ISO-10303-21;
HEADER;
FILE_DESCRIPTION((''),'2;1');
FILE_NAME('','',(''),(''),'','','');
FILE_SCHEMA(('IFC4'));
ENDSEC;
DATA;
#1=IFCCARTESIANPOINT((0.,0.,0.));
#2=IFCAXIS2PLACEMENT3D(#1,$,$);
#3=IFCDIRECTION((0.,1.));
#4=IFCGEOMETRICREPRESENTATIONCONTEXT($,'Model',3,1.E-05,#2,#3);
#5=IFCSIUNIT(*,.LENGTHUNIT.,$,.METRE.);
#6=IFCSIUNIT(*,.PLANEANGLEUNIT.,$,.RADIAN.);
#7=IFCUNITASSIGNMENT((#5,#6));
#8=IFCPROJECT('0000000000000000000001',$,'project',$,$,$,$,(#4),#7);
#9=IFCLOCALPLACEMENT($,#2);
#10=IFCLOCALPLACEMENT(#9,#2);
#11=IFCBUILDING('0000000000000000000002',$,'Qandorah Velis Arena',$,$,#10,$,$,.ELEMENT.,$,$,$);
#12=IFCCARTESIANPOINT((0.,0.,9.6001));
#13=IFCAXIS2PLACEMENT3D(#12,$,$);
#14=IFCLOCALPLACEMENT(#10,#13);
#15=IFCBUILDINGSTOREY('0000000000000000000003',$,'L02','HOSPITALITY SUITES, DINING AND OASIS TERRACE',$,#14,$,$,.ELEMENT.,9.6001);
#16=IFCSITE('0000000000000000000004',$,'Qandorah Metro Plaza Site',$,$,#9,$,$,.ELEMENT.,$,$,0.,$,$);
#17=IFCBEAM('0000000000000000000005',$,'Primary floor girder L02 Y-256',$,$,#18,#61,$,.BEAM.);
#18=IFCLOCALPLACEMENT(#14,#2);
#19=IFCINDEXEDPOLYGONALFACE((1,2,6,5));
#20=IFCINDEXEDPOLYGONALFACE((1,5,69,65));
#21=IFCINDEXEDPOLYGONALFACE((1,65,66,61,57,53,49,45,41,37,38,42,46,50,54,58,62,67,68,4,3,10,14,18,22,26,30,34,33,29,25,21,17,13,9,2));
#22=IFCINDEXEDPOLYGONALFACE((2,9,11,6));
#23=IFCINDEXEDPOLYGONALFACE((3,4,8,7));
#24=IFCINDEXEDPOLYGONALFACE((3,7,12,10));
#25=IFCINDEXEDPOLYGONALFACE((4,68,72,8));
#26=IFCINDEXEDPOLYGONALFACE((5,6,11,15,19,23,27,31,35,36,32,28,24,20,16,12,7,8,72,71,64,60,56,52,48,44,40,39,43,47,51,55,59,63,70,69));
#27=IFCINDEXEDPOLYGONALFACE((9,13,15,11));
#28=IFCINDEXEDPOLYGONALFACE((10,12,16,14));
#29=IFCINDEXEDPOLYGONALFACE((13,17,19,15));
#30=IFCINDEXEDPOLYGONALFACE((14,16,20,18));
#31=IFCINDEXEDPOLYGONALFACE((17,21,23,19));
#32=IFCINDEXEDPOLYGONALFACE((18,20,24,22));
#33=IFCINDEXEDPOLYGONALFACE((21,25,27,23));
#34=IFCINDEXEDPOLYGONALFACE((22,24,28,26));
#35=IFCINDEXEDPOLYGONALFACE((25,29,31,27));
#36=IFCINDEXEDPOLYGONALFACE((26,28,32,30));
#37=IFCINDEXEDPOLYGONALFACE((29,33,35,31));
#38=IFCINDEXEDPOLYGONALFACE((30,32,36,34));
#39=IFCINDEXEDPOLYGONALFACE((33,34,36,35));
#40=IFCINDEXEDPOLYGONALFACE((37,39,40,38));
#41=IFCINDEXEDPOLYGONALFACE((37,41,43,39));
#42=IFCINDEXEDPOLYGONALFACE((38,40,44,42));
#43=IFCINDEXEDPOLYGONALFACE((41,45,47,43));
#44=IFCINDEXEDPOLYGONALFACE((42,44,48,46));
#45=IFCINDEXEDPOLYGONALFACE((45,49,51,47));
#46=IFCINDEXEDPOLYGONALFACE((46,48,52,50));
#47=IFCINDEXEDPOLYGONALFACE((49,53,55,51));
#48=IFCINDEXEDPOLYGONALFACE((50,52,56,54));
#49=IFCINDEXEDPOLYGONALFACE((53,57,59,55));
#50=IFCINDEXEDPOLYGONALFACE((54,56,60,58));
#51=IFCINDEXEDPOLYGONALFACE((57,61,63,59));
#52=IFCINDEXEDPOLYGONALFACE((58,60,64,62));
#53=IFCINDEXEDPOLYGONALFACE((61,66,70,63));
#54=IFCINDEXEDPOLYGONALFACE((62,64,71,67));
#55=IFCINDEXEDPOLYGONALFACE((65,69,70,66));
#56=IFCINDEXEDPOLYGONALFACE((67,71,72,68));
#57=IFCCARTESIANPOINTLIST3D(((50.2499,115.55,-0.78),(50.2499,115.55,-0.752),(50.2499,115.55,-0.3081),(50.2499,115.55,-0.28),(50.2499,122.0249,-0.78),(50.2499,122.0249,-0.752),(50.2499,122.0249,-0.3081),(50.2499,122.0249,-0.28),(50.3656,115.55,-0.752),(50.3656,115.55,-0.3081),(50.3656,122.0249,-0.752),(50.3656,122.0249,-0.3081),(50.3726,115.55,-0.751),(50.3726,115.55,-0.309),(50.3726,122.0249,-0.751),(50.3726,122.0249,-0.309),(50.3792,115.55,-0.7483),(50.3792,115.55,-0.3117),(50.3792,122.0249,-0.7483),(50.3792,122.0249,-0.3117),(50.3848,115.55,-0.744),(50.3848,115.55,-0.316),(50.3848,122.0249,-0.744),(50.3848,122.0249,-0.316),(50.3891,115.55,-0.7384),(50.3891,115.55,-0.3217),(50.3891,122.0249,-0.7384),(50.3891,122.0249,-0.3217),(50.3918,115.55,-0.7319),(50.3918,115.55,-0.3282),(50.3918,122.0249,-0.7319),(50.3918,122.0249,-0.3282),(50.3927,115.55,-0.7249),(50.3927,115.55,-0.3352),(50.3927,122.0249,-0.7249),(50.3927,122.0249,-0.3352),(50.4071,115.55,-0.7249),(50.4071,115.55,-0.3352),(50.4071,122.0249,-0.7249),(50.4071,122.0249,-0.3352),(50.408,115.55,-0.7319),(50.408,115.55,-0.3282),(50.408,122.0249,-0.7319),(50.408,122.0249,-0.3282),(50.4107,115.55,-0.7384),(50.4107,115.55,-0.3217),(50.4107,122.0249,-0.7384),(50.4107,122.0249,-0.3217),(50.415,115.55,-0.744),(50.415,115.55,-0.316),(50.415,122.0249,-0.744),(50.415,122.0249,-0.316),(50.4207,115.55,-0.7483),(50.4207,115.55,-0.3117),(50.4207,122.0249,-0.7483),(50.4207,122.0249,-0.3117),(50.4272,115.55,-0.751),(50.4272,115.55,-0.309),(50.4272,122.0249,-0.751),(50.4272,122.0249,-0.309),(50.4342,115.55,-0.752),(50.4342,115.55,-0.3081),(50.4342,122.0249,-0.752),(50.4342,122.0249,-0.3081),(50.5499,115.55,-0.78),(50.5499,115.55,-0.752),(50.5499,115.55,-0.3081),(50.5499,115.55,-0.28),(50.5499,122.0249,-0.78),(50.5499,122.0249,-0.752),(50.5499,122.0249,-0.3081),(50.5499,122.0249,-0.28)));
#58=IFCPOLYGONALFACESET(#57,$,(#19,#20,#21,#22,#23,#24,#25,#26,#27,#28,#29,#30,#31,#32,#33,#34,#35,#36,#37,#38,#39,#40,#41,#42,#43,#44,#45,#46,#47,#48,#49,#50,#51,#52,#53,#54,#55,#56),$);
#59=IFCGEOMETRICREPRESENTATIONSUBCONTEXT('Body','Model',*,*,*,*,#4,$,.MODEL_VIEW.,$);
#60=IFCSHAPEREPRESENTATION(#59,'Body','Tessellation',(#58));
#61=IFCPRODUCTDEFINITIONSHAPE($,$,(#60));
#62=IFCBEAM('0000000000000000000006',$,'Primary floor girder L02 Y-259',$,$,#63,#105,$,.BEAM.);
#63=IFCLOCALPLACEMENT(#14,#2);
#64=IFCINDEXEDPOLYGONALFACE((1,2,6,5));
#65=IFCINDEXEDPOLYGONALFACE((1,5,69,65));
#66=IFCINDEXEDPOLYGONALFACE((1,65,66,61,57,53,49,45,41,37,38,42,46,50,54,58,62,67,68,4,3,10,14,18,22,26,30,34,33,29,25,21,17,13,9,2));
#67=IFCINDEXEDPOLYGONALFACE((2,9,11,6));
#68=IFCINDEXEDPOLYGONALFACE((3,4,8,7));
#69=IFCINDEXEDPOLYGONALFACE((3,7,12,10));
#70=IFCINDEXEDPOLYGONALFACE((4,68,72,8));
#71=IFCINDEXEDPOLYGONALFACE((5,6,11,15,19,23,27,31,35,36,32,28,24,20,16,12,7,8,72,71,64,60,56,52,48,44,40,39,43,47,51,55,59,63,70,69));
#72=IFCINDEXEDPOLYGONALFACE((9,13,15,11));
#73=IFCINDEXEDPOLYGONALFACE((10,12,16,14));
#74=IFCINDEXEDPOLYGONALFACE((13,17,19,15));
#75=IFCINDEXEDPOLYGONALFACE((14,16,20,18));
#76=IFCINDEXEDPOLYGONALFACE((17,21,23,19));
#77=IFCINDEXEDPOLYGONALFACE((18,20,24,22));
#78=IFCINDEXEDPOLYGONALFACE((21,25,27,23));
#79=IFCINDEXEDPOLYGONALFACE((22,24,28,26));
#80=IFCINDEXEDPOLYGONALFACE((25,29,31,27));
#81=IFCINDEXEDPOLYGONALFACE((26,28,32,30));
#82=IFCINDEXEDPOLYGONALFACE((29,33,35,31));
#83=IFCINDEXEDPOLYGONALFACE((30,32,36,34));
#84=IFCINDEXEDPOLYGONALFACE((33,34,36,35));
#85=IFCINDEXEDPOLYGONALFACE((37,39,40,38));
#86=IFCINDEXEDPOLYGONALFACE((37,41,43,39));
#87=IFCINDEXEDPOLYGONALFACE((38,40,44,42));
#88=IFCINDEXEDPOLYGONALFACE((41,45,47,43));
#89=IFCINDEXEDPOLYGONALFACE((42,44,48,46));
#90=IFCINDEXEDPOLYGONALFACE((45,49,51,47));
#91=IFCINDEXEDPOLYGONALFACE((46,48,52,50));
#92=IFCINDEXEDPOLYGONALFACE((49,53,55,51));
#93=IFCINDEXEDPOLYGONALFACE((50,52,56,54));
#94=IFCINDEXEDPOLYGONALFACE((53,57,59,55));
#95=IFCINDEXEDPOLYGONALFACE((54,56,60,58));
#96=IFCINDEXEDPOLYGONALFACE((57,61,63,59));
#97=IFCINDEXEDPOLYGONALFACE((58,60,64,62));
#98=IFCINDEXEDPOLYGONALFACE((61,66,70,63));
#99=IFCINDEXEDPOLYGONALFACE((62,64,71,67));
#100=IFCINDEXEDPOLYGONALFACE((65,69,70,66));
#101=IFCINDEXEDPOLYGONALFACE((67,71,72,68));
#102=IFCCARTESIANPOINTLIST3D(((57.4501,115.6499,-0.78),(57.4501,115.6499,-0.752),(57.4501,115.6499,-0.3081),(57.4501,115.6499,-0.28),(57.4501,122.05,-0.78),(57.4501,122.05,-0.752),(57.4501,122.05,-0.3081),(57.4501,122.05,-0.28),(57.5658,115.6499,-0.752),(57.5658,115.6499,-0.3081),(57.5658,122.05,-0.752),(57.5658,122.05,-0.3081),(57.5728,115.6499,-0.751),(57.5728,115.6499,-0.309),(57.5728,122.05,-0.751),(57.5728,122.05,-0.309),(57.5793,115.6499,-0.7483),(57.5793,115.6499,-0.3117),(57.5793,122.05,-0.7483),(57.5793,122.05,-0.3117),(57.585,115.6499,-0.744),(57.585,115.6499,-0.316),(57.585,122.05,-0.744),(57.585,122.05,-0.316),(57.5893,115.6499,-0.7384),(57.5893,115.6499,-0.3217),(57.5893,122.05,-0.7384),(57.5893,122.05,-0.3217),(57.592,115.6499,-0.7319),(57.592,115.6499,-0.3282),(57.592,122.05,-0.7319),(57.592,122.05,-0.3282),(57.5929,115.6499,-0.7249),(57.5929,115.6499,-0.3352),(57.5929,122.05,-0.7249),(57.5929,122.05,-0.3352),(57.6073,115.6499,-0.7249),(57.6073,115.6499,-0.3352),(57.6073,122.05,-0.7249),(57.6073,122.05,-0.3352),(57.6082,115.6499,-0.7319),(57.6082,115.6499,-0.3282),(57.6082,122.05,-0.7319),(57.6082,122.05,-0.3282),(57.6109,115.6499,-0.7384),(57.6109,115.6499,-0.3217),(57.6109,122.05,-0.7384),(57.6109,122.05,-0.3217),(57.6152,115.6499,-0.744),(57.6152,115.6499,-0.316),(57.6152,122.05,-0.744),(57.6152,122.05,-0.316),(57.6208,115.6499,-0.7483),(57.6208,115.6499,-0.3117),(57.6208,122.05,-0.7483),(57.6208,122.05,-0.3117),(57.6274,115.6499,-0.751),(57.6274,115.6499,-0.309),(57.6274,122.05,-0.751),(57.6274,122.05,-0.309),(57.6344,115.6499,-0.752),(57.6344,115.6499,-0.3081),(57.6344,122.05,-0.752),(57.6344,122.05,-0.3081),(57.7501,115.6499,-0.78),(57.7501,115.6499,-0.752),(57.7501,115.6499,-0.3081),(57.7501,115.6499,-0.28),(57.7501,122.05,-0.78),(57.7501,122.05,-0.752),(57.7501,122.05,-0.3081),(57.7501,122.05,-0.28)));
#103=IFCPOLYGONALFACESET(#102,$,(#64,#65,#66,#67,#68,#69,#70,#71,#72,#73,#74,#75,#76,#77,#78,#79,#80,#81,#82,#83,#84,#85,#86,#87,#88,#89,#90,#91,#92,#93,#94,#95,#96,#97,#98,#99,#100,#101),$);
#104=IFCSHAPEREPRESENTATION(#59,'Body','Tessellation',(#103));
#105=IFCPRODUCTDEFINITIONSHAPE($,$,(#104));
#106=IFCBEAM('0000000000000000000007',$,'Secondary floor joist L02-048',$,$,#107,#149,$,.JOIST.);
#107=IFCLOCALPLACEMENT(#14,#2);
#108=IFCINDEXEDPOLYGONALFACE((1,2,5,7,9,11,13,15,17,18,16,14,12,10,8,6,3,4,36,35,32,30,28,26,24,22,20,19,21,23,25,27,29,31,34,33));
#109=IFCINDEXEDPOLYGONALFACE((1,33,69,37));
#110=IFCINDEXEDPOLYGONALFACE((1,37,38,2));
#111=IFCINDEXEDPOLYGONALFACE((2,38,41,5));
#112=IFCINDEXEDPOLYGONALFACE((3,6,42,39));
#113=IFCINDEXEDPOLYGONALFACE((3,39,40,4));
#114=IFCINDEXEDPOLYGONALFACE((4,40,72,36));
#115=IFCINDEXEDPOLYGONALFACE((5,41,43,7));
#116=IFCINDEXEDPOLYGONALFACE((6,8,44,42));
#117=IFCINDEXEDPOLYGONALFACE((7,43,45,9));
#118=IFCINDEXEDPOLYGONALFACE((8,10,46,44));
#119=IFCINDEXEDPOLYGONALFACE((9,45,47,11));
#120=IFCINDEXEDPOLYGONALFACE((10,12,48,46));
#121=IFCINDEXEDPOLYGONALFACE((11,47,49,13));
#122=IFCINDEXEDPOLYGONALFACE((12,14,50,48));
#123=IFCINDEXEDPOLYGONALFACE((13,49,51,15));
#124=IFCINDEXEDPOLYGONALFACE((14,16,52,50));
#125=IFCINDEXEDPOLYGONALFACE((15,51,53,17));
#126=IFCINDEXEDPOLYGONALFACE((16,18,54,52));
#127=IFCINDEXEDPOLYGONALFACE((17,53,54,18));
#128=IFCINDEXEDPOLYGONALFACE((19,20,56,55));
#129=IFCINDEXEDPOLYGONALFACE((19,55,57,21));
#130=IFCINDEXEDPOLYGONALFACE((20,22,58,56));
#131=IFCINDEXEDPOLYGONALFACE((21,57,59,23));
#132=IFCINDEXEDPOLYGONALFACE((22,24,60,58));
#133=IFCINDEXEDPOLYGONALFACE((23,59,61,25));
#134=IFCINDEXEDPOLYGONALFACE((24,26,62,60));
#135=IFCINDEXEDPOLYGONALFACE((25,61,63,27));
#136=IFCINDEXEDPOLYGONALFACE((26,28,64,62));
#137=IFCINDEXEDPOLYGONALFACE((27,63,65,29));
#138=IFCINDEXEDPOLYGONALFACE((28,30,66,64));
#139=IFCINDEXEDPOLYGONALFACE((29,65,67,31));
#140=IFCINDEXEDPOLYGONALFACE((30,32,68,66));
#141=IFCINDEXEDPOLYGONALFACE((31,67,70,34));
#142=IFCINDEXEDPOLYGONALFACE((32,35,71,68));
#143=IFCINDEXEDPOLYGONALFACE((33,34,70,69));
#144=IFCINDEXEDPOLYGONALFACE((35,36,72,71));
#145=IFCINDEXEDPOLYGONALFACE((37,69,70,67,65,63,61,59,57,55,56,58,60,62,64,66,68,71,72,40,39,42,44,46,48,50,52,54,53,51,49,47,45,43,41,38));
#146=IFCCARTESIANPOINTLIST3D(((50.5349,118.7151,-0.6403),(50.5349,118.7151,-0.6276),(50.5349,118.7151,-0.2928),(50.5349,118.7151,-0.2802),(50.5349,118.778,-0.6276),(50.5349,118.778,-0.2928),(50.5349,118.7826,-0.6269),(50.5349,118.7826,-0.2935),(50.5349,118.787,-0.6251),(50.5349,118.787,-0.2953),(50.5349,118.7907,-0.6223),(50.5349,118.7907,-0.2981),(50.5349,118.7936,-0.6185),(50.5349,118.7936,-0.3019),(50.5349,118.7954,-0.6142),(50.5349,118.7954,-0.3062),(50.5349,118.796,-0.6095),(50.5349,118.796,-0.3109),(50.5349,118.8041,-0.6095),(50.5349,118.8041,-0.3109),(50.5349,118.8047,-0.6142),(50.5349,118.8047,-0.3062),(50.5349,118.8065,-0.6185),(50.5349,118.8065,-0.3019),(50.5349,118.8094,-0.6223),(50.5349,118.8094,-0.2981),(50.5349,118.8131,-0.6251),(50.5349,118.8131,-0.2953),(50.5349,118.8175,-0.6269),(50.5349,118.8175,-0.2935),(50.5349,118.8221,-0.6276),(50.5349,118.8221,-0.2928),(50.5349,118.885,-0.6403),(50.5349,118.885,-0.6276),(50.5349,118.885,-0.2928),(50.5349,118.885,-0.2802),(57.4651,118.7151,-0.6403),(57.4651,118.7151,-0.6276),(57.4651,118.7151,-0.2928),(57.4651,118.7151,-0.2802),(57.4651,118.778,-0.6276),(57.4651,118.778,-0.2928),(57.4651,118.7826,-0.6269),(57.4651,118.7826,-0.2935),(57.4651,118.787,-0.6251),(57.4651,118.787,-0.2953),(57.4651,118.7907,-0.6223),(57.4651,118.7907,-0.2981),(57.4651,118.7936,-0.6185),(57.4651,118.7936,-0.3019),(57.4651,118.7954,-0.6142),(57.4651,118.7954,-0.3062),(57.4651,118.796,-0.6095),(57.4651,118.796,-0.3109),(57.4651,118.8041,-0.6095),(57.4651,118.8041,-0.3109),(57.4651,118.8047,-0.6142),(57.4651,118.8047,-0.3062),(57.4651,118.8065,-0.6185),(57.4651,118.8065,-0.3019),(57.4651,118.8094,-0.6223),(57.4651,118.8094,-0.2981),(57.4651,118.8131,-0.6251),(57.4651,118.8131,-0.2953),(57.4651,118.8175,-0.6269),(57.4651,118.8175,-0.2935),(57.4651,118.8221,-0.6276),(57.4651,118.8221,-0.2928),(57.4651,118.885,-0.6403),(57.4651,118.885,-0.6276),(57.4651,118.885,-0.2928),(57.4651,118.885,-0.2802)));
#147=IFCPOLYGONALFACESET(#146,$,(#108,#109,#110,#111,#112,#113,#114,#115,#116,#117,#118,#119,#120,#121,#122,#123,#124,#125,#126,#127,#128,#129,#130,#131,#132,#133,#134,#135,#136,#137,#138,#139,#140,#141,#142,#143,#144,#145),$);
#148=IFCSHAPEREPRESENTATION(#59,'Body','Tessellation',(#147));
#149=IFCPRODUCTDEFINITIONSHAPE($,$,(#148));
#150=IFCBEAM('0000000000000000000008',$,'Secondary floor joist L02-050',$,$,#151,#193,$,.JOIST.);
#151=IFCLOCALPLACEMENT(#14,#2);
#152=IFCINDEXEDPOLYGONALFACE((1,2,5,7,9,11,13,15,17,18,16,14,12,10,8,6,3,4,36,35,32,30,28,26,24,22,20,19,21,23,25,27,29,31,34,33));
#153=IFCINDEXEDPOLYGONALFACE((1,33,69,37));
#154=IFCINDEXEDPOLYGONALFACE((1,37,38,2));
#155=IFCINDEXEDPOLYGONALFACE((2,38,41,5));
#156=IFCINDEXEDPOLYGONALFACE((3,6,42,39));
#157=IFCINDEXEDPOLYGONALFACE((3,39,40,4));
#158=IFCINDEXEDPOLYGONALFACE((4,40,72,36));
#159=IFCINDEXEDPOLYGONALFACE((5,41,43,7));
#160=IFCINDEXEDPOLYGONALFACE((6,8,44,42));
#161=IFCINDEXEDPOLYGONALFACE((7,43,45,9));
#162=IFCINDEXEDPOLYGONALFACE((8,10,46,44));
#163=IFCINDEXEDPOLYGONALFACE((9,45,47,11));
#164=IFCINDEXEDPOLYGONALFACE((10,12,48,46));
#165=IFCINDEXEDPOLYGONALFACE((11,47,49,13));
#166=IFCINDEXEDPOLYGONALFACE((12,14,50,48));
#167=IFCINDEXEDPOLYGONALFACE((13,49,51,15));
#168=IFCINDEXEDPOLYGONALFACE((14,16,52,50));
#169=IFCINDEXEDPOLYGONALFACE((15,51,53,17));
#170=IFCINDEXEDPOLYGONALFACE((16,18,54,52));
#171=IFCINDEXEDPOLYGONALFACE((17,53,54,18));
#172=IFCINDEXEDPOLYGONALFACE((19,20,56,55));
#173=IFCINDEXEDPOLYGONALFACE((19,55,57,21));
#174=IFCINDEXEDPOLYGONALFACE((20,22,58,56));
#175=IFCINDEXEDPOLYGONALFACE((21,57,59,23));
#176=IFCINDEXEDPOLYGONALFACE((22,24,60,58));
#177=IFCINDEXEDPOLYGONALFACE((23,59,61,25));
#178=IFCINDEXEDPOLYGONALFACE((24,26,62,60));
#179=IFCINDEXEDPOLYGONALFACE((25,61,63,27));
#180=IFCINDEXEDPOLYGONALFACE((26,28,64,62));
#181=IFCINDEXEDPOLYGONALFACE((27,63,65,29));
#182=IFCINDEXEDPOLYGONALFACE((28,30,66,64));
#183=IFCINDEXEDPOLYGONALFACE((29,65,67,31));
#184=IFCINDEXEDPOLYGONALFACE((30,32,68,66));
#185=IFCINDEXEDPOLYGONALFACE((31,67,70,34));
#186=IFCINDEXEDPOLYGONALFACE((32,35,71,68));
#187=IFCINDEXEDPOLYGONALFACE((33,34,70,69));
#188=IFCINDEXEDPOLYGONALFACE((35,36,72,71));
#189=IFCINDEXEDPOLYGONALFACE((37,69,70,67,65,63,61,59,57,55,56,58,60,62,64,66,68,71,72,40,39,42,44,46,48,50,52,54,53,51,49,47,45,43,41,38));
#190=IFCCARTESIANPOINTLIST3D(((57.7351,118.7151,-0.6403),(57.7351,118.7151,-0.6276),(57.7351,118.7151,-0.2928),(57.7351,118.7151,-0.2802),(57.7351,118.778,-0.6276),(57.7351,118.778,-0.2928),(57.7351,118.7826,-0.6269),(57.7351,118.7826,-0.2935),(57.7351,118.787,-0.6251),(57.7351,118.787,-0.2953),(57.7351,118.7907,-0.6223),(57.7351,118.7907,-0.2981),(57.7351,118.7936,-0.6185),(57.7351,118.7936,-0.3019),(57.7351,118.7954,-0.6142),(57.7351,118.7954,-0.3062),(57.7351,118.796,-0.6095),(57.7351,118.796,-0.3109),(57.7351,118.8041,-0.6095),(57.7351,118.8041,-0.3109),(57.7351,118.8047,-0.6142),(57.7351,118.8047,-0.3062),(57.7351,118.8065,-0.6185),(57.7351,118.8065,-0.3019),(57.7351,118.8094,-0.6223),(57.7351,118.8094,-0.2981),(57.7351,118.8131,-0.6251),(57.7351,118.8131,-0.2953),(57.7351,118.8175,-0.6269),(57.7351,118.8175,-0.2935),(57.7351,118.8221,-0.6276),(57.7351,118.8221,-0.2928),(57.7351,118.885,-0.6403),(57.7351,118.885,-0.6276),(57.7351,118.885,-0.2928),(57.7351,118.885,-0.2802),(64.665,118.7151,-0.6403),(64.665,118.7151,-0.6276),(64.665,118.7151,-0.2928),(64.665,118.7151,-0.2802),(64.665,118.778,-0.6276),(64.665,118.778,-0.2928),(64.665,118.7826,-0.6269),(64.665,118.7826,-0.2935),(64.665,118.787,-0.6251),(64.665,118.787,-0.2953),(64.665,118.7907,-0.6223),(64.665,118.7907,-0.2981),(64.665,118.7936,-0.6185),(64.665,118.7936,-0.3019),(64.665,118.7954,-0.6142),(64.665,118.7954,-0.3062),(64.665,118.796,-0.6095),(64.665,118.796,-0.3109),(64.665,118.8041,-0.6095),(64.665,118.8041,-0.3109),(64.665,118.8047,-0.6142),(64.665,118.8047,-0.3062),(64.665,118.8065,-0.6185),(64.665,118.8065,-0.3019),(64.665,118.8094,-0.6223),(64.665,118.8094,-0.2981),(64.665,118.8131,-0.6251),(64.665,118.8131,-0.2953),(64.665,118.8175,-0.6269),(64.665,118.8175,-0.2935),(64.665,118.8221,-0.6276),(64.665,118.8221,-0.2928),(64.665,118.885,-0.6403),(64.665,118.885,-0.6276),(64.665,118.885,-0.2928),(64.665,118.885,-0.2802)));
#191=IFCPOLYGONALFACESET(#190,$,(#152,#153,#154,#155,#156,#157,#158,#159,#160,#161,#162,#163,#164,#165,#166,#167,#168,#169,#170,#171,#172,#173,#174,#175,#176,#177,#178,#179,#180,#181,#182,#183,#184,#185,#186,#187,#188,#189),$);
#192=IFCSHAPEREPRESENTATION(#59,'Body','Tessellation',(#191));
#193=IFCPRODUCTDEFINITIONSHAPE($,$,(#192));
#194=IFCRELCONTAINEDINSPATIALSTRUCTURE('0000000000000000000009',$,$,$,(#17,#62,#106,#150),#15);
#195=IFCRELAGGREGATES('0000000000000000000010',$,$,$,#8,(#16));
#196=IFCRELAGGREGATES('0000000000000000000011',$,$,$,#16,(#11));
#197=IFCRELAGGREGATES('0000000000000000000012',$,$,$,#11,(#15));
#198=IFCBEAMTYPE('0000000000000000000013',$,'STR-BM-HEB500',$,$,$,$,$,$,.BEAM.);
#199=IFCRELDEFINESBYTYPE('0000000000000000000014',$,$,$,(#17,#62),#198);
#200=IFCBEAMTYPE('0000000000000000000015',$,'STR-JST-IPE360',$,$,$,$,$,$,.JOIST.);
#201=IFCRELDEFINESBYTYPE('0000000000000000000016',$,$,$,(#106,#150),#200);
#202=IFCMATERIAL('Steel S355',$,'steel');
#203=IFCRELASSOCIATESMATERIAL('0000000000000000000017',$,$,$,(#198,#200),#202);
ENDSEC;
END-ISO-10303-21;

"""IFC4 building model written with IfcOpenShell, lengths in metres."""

from ifc_helpers import new_model, si_unit, direction, frame, origin, origin_2d, place, context, subcontext, project, spatial, i_section, extrude, material, material_profile, profile_set, type_object, element, save


model = new_model("IFC4")

# Units and contexts
model_context = context("Model", 3, precision=1e-05, world=origin(), true_north=direction((0.0, 1.0)))
body_context = subcontext(model_context, "Body", "Model", "MODEL_VIEW")
ifc_project = project(units=[si_unit("LENGTHUNIT", "METRE"), si_unit("PLANEANGLEUNIT", "RADIAN")], contexts=[model_context])

# Site, building, storey
site_placement = place(None, origin())
site = spatial("IfcSite", under=ifc_project, at=site_placement, Name="Qandorah Metro Plaza Site", CompositionType="ELEMENT", RefElevation=0.0)
building_placement = place(site_placement, origin())
building = spatial("IfcBuilding", under=site, at=building_placement, Name="Qandorah Velis Arena", CompositionType="ELEMENT")
storey_placement = place(building_placement, frame((0.0, 0.0, 9.6001)))
storey = spatial("IfcBuildingStorey", under=building, at=storey_placement, Name="L02", Description="HOSPITALITY SUITES, DINING AND OASIS TERRACE", CompositionType="ELEMENT", Elevation=9.6001)

# Beams
ifc_material_1 = material(Name="Steel S355", Category="steel")
ifc_material_profile_1 = material_profile(ifc_material_1, i_section(OverallWidth=0.3, OverallDepth=0.5, WebThickness=0.0144, FlangeThickness=0.0281, FilletRadius=0.0271, at=origin_2d()), Name="HEB 500")
ifc_profile_set_1 = profile_set([ifc_material_profile_1], Name="Steel S355")
beam_type_1 = type_object("IfcBeamType", Name="STR-BM-HEB500", PredefinedType="BEAM", material=ifc_profile_set_1)
beam_1_placement = place(storey_placement, frame((50.3999, 115.55, -0.53), z_axis=(0.0, 1.0, 0.0), x_axis=(-1.0, 0.0, 0.0)))
element("IfcBeam", 1, at=beam_1_placement, inside=storey, type_object=beam_type_1, Name="Primary floor girder L02 Y-256", PredefinedType="BEAM", context=body_context, shape_type="SweptSolid", body=[
    extrude(i_section(OverallWidth=0.3, OverallDepth=0.5, WebThickness=0.0144, FlangeThickness=0.0281, FilletRadius=0.0271, at=origin_2d()), origin(), (0.0, 0.0, 1.0), 6.4749),
])
beam_2_placement = place(storey_placement, frame((57.6001, 115.6499, -0.53), z_axis=(0.0, 1.0, 0.0), x_axis=(-1.0, 0.0, 0.0)))
element("IfcBeam", 2, at=beam_2_placement, inside=storey, type_object=beam_type_1, Name="Primary floor girder L02 Y-259", PredefinedType="BEAM", context=body_context, shape_type="SweptSolid", body=[
    extrude(i_section(OverallWidth=0.3, OverallDepth=0.5, WebThickness=0.0144, FlangeThickness=0.0281, FilletRadius=0.0271, at=origin_2d()), origin(), (0.0, 0.0, 1.0), 6.4001),
])
ifc_material_profile_2 = material_profile(ifc_material_1, i_section(OverallWidth=0.1699, OverallDepth=0.3601, WebThickness=0.0081, FlangeThickness=0.0127, FilletRadius=0.0181, at=origin_2d()), Name="IPE 360")
ifc_profile_set_2 = profile_set([ifc_material_profile_2], Name="Steel S355")
beam_type_2 = type_object("IfcBeamType", Name="STR-JST-IPE360", PredefinedType="JOIST", material=ifc_profile_set_2)
beam_3_placement = place(storey_placement, frame((50.5349, 118.8, -0.4602), z_axis=(1.0, 0.0, 0.0), x_axis=(0.0, 1.0, 0.0)))
element("IfcBeam", 3, at=beam_3_placement, inside=storey, type_object=beam_type_2, Name="Secondary floor joist L02-048", PredefinedType="JOIST", context=body_context, shape_type="SweptSolid", body=[
    extrude(i_section(OverallWidth=0.1699, OverallDepth=0.3601, WebThickness=0.0081, FlangeThickness=0.0127, FilletRadius=0.0181, at=origin_2d()), origin(), (0.0, 0.0, 1.0), 6.9302),
])
beam_4_placement = place(storey_placement, frame((57.7351, 118.8, -0.4602), z_axis=(1.0, 0.0, 0.0), x_axis=(0.0, 1.0, 0.0)))
element("IfcBeam", 4, at=beam_4_placement, inside=storey, type_object=beam_type_2, Name="Secondary floor joist L02-050", PredefinedType="JOIST", context=body_context, shape_type="SweptSolid", body=[
    extrude(i_section(OverallWidth=0.1699, OverallDepth=0.3601, WebThickness=0.0081, FlangeThickness=0.0127, FilletRadius=0.0181, at=origin_2d()), origin(), (0.0, 0.0, 1.0), 6.9299),
])

save(model, "model.ifc")
